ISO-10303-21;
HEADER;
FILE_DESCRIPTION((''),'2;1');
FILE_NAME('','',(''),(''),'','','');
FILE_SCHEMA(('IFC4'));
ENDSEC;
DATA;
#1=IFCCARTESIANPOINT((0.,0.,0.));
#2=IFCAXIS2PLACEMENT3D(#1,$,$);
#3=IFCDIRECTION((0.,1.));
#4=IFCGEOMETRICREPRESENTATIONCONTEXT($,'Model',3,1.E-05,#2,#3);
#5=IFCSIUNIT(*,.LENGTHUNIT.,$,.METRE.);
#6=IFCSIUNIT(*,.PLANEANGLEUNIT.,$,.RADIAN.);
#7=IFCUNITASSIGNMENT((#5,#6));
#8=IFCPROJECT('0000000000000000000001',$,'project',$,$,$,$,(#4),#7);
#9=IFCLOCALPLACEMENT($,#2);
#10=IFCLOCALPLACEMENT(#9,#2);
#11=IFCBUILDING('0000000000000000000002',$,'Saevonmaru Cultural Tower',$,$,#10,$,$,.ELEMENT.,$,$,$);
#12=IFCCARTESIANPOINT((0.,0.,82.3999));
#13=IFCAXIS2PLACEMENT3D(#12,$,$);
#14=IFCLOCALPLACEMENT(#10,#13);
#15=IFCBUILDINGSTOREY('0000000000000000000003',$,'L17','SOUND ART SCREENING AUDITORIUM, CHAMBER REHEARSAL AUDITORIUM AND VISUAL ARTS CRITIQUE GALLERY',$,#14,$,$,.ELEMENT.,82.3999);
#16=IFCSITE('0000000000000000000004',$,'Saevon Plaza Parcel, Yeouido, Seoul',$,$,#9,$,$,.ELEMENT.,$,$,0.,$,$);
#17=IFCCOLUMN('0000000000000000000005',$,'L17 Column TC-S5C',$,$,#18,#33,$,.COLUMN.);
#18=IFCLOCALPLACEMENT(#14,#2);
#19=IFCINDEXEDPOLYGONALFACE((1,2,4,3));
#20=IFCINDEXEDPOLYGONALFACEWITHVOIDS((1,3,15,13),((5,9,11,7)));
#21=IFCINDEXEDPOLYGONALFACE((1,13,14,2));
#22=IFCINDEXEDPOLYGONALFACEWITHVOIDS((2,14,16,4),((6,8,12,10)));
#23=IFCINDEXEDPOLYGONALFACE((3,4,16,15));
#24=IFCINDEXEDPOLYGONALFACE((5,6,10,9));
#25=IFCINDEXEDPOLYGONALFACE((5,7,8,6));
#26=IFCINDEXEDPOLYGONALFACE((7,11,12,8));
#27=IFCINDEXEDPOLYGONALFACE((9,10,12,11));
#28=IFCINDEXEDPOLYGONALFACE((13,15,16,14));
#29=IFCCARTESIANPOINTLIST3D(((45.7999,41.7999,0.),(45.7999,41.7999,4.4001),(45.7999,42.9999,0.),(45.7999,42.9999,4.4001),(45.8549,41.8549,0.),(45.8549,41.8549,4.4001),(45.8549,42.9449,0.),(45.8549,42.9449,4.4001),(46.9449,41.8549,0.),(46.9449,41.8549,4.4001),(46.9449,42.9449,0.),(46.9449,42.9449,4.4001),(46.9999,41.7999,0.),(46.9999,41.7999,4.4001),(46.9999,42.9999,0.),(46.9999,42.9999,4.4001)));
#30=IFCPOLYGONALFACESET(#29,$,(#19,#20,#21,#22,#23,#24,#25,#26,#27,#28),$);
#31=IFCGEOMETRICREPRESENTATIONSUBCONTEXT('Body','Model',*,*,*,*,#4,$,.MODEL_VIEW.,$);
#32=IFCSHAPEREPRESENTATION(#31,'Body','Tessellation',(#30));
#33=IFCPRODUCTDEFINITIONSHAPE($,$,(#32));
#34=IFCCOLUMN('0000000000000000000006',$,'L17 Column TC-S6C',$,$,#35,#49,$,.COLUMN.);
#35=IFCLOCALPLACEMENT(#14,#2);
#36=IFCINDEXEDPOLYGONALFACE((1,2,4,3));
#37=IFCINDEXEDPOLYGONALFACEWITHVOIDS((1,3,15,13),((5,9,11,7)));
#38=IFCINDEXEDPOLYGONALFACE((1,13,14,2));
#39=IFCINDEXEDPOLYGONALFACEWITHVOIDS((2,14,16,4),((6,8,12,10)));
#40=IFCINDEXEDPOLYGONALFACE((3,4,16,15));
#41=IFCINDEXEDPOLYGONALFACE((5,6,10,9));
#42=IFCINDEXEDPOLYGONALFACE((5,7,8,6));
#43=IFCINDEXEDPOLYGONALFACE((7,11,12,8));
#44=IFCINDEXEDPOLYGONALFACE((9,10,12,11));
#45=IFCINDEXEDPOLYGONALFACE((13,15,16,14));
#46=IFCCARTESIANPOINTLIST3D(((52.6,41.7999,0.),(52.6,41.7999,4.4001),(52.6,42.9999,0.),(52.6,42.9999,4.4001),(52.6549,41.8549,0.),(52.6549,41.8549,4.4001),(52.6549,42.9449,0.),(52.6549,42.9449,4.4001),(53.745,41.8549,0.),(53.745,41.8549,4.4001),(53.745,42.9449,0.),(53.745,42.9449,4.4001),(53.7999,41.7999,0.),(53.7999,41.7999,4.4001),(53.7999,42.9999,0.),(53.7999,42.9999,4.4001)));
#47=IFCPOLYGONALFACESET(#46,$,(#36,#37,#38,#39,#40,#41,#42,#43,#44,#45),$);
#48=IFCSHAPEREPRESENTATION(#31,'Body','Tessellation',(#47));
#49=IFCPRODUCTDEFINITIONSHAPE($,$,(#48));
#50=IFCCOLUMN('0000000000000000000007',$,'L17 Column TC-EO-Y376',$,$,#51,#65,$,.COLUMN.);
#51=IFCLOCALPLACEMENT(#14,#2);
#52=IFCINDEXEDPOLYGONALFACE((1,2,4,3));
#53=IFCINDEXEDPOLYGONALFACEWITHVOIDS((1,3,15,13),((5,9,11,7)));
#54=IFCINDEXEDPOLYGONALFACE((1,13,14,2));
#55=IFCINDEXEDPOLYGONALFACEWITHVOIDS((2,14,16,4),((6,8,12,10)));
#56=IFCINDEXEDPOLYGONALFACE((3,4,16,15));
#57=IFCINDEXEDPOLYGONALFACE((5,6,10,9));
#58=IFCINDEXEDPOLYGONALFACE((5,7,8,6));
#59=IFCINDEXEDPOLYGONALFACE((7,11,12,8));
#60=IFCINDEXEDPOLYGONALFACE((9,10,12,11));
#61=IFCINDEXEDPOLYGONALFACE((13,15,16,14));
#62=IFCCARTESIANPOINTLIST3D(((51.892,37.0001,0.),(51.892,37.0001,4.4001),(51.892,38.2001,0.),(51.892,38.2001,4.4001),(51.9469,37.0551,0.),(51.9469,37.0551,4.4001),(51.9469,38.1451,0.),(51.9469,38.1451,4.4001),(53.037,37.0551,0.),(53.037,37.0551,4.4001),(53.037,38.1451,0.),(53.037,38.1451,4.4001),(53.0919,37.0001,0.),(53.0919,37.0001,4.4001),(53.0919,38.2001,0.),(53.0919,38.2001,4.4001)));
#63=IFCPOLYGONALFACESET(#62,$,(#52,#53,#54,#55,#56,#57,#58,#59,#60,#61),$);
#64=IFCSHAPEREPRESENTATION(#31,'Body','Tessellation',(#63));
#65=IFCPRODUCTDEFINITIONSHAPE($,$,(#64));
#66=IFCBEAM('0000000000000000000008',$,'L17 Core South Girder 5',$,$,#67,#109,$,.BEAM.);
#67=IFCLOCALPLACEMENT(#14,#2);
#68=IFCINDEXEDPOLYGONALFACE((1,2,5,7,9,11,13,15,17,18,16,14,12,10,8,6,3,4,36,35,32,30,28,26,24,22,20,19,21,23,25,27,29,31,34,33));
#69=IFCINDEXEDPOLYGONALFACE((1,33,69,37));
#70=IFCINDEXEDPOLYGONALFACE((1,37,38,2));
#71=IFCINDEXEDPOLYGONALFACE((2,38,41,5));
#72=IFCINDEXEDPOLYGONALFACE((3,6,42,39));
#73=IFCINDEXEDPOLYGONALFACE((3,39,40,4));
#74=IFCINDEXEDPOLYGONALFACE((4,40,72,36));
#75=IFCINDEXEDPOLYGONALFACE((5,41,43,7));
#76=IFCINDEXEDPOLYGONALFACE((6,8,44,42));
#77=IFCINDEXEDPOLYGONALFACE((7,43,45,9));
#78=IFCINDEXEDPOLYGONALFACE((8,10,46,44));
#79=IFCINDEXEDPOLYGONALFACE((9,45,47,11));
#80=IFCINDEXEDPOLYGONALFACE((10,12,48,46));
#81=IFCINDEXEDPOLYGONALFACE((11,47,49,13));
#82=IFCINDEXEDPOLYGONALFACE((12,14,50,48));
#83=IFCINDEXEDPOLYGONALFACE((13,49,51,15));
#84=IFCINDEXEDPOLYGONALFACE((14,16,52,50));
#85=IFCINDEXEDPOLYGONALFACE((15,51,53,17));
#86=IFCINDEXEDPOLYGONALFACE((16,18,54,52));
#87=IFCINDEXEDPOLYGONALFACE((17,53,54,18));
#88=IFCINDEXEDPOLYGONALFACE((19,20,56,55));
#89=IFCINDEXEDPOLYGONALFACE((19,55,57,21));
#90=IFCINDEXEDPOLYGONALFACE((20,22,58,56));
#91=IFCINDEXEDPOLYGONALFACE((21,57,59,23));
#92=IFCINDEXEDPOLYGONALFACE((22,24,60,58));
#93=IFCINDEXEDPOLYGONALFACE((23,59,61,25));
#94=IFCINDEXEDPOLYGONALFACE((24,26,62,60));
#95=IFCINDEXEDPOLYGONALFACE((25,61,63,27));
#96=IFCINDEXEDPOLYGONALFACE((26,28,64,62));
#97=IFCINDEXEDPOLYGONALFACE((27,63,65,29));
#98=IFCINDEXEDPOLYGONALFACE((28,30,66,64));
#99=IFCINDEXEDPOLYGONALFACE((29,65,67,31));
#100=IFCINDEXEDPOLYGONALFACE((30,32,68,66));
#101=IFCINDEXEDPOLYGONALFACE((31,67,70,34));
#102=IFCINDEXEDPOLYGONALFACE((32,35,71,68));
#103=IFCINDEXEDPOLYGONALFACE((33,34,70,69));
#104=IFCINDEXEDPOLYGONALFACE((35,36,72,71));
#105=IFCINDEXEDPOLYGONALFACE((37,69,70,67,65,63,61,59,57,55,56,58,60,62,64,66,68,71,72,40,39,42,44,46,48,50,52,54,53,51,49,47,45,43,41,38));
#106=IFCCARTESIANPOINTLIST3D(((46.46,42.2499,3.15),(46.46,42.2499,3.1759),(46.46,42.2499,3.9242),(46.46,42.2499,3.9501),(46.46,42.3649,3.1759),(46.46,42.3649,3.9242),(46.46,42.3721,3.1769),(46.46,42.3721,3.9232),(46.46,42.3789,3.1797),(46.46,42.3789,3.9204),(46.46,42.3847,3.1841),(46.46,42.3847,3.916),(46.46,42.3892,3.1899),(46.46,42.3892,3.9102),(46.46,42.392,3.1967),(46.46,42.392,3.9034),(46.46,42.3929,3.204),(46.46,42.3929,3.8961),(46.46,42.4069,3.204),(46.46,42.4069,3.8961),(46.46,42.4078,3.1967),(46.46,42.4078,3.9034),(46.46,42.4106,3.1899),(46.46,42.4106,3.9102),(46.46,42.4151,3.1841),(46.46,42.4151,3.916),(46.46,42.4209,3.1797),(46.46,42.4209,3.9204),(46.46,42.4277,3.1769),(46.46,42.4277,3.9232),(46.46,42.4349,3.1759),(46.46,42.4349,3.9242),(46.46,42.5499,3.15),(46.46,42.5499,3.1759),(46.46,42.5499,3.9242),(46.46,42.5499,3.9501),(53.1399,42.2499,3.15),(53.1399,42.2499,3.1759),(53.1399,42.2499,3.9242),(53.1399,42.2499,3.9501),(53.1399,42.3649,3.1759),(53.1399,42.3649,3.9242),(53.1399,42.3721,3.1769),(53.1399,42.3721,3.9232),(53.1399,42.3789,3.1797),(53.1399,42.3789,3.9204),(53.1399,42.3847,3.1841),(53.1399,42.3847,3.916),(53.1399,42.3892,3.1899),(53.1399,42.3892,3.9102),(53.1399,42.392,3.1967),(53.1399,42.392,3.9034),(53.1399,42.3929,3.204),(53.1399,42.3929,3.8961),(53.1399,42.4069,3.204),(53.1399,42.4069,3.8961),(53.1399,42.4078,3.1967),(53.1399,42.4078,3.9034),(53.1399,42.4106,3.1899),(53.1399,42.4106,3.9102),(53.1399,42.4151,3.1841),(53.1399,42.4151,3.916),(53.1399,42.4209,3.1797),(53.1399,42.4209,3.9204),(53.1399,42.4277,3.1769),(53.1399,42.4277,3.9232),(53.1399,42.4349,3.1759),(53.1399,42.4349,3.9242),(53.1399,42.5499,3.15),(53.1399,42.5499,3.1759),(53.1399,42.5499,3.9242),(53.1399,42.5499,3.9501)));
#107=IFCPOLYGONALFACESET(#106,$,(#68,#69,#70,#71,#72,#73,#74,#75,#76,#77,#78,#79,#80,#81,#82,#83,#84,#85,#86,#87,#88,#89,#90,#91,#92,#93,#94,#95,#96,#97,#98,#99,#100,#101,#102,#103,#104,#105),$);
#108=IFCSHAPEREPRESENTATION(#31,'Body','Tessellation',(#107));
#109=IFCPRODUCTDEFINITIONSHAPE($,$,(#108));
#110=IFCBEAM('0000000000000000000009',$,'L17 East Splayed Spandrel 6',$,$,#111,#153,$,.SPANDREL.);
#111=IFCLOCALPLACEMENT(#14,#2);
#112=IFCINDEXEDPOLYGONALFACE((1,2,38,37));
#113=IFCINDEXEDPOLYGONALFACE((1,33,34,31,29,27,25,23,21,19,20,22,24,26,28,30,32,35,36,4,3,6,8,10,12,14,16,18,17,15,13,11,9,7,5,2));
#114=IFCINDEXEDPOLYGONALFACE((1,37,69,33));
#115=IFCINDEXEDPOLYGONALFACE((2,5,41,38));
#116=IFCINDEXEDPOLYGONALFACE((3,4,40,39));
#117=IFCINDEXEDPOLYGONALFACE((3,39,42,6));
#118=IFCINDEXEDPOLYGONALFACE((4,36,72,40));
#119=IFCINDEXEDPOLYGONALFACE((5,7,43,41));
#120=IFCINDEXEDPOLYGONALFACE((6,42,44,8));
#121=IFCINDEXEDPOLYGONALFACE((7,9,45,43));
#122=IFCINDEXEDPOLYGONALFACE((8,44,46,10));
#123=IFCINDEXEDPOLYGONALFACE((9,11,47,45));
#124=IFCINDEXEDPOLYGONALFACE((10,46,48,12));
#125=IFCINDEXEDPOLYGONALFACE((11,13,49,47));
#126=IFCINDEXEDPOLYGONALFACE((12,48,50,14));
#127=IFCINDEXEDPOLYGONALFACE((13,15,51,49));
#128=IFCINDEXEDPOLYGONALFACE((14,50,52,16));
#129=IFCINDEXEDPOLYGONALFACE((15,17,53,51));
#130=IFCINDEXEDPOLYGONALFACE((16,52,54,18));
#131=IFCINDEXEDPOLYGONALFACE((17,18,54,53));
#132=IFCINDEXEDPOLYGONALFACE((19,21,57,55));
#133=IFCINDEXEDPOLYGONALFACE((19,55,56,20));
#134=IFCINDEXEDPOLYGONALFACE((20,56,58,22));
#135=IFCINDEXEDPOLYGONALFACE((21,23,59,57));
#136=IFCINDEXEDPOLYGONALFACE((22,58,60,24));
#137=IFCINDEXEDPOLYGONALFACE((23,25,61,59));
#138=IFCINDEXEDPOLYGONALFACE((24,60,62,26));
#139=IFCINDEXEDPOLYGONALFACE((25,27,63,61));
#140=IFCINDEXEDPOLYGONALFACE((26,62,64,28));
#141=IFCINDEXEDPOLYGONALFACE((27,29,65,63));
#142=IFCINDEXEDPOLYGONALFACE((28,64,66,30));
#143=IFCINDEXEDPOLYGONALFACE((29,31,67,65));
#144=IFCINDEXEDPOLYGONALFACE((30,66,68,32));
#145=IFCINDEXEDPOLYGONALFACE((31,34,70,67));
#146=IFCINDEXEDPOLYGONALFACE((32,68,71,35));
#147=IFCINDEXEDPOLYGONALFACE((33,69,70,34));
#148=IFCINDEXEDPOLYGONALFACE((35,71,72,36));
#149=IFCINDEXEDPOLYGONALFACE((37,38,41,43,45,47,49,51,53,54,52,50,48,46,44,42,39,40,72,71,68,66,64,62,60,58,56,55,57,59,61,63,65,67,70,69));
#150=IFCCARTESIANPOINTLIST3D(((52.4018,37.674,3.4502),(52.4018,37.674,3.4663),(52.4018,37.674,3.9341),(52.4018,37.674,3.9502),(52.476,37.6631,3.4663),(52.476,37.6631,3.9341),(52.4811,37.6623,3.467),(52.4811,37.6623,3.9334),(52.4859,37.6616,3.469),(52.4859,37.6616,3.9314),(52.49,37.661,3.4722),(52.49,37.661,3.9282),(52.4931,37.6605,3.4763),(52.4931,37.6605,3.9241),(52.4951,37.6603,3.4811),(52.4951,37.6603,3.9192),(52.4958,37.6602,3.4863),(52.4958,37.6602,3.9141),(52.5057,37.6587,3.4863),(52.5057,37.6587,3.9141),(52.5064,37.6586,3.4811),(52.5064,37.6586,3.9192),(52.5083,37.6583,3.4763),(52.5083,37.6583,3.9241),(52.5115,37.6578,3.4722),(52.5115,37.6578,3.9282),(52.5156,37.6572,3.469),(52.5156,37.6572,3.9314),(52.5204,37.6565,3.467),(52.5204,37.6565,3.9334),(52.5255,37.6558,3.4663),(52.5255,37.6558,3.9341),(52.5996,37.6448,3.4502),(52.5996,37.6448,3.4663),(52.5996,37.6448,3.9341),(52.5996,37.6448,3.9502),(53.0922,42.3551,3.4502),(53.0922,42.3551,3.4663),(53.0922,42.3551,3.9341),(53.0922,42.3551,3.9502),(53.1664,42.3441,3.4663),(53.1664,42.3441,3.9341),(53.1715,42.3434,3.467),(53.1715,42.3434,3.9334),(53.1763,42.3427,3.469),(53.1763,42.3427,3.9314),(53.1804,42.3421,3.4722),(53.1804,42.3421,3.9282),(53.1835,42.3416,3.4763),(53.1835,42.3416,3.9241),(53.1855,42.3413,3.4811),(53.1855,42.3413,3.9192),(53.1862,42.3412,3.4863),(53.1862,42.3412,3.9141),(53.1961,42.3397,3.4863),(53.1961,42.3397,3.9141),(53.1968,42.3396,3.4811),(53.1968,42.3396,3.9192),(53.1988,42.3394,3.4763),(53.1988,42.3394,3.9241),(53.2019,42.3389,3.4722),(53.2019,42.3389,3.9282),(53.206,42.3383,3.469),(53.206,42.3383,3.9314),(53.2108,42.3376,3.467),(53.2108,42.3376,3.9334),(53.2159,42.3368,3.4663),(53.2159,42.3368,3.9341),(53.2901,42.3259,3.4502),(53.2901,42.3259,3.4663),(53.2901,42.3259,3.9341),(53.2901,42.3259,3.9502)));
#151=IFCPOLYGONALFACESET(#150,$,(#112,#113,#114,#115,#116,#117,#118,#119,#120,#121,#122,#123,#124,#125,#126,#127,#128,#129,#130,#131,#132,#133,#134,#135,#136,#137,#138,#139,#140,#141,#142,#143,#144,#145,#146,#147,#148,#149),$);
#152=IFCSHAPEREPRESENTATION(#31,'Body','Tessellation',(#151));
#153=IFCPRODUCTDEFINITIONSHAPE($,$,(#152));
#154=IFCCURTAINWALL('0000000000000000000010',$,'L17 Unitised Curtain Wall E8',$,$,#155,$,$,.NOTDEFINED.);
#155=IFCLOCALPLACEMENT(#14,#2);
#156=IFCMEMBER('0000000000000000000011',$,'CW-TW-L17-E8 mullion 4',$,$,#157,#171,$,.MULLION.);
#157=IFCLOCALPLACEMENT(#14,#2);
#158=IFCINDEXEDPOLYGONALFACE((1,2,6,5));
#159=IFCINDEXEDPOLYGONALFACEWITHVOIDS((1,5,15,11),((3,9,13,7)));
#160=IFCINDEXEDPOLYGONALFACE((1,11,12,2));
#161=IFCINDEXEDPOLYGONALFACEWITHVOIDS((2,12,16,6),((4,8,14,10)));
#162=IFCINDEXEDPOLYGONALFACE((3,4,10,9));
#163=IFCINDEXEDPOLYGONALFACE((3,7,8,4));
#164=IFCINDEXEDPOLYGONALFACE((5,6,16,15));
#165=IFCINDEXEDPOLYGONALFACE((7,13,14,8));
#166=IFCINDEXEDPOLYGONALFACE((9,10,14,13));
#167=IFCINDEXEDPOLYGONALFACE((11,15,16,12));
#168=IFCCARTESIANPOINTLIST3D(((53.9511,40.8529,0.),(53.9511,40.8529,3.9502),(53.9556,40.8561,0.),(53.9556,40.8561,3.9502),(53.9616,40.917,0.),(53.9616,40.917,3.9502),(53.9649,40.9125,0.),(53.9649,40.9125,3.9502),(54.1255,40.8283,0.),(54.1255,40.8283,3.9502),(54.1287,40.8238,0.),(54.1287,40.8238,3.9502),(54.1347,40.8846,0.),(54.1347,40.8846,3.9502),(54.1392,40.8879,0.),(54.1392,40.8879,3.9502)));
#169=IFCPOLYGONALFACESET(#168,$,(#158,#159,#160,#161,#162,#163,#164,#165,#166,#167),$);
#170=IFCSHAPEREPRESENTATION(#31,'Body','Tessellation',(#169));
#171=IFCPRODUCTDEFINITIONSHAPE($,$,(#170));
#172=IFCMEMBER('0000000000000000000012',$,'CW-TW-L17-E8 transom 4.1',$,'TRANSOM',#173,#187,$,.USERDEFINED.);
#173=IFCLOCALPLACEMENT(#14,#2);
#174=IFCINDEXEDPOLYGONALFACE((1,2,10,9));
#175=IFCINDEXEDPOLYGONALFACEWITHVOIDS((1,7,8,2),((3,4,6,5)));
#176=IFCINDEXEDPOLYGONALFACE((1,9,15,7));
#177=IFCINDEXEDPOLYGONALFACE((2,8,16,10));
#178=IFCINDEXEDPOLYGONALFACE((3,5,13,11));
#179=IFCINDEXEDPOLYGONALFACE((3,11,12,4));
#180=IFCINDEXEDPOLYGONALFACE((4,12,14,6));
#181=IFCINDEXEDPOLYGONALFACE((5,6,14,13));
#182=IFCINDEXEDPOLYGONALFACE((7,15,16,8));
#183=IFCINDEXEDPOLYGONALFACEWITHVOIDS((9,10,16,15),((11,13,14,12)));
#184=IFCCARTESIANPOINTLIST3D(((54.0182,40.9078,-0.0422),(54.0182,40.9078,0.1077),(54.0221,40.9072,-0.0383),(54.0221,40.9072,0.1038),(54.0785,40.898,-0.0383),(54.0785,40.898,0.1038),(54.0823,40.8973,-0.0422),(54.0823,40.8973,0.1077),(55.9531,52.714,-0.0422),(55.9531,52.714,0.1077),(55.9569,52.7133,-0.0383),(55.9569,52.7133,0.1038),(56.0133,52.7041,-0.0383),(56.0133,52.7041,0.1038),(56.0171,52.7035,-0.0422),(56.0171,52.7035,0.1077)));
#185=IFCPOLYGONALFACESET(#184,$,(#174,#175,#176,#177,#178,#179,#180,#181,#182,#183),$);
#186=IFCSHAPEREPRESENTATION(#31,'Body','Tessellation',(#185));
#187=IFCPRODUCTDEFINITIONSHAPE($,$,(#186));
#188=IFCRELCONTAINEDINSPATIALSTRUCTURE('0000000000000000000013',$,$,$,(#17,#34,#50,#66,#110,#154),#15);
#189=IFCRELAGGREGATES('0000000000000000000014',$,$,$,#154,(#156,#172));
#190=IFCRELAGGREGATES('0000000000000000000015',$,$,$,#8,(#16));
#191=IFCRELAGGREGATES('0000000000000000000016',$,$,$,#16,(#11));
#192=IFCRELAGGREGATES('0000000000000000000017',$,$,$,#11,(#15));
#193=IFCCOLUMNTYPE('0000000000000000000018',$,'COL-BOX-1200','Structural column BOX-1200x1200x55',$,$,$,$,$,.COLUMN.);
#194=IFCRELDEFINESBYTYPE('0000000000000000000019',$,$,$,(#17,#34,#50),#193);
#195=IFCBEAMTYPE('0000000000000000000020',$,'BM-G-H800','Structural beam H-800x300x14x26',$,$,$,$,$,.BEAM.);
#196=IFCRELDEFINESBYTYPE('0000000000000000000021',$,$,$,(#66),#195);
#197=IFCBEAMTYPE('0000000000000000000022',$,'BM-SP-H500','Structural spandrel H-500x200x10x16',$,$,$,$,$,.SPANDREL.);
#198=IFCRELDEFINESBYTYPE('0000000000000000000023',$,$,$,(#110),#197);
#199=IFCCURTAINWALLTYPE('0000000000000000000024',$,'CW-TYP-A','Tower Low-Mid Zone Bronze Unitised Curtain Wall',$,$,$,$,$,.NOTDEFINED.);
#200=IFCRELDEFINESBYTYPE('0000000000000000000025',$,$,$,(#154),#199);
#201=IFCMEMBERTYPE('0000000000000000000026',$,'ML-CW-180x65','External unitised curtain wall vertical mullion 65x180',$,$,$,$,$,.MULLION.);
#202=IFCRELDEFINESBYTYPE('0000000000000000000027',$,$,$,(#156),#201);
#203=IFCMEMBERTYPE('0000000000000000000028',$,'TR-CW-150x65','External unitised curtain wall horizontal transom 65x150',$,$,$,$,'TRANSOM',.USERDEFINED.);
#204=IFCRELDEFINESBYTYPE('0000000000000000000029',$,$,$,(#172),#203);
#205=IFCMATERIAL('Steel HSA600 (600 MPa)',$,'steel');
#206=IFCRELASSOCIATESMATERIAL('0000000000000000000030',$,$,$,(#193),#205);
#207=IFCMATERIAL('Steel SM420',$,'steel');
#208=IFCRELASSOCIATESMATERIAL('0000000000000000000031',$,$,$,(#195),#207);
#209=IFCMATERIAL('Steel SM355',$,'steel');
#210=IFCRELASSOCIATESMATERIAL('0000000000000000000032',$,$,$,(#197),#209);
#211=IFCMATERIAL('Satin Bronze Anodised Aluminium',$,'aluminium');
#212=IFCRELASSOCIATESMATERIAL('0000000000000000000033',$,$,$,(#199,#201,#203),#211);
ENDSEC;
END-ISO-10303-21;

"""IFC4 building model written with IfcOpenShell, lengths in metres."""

from ifc_helpers import new_model, si_unit, direction, frame, origin, origin_2d, place, context, subcontext, project, spatial, hollow_rectangle, i_section, extrude, material, material_profile, profile_set, type_object, element, aggregate, save


model = new_model("IFC4")

# Units and contexts
model_context = context("Model", 3, precision=1e-05, world=origin(), true_north=direction((0.0, 1.0)))
body_context = subcontext(model_context, "Body", "Model", "MODEL_VIEW")
ifc_project = project(units=[si_unit("LENGTHUNIT", "METRE"), si_unit("PLANEANGLEUNIT", "RADIAN")], contexts=[model_context])

# Site, building, storey
site_placement = place(None, origin())
site = spatial("IfcSite", under=ifc_project, at=site_placement, Name="Saevon Plaza Parcel, Yeouido, Seoul", CompositionType="ELEMENT", RefElevation=0.0)
building_placement = place(site_placement, origin())
building = spatial("IfcBuilding", under=site, at=building_placement, Name="Saevonmaru Cultural Tower", CompositionType="ELEMENT")
storey_placement = place(building_placement, frame((0.0, 0.0, 82.3999)))
storey = spatial("IfcBuildingStorey", under=building, at=storey_placement, Name="L17", Description="SOUND ART SCREENING AUDITORIUM, CHAMBER REHEARSAL AUDITORIUM AND VISUAL ARTS CRITIQUE GALLERY", CompositionType="ELEMENT", Elevation=82.3999)

# Columns
ifc_material_1 = material(Name="Steel HSA600 (600 MPa)", Category="steel")
ifc_material_profile_1 = material_profile(ifc_material_1, hollow_rectangle(XDim=1.2, YDim=1.2, WallThickness=0.0549, at=origin_2d()), Name="BOX-1200x1200x55")
ifc_profile_set_1 = profile_set([ifc_material_profile_1], Name="Steel HSA600 (600 MPa)")
column_type = type_object("IfcColumnType", Name="COL-BOX-1200", Description="Structural column BOX-1200x1200x55", PredefinedType="COLUMN", material=ifc_profile_set_1)
for number, where, z_axis, x_axis, name in (
    (1, (46.3999, 42.3999, 0.0), (0.0, 0.0, 1.0), (1.0, 0.0, 0.0), "L17 Column TC-S5C"),
    (2, (53.2, 42.3999, 0.0), (0.0, 0.0, 1.0), (1.0, 0.0, 0.0), "L17 Column TC-S6C"),
    (3, (52.4919, 37.6001, 0.0), (0.0, 0.0, 1.0), (1.0, 0.0, 0.0), "L17 Column TC-EO-Y376"),
):
    element("IfcColumn", number, at=place(storey_placement, frame(where, z_axis=z_axis, x_axis=x_axis)), inside=storey, type_object=column_type, Name=name, PredefinedType="COLUMN", context=body_context, shape_type="SweptSolid", body=[
        extrude(hollow_rectangle(XDim=1.2, YDim=1.2, WallThickness=0.0549, at=origin_2d()), origin(), (0.0, 0.0, 1.0), 4.4001),
    ])

# Beams
ifc_material_2 = material(Name="Steel SM420", Category="steel")
ifc_material_profile_2 = material_profile(ifc_material_2, i_section(OverallWidth=0.3, OverallDepth=0.8, WebThickness=0.0139, FlangeThickness=0.0259, FilletRadius=0.0281, at=origin_2d()), Name="H-800x300x14x26")
ifc_profile_set_2 = profile_set([ifc_material_profile_2], Name="Steel SM420")
beam_type_1 = type_object("IfcBeamType", Name="BM-G-H800", Description="Structural beam H-800x300x14x26", PredefinedType="BEAM", material=ifc_profile_set_2)
beam_1_placement = place(storey_placement, frame((46.46, 42.3999, 3.55), z_axis=(1.0, 0.0, 0.0), x_axis=(0.0, 1.0, 0.0)))
element("IfcBeam", 4, at=beam_1_placement, inside=storey, type_object=beam_type_1, Name="L17 Core South Girder 5", PredefinedType="BEAM", context=body_context, shape_type="SweptSolid", body=[
    extrude(i_section(OverallWidth=0.3, OverallDepth=0.8, WebThickness=0.0139, FlangeThickness=0.0259, FilletRadius=0.0281, at=origin_2d()), origin(), (0.0, 0.0, 1.0), 6.6799),
])
ifc_material_3 = material(Name="Steel SM355", Category="steel")
ifc_material_profile_3 = material_profile(ifc_material_3, i_section(OverallWidth=0.2, OverallDepth=0.5, WebThickness=0.01, FlangeThickness=0.0161, FilletRadius=0.02, at=origin_2d()), Name="H-500x200x10x16")
ifc_profile_set_3 = profile_set([ifc_material_profile_3], Name="Steel SM355")
beam_type_2 = type_object("IfcBeamType", Name="BM-SP-H500", Description="Structural spandrel H-500x200x10x16", PredefinedType="SPANDREL", material=ifc_profile_set_3)
beam_2_placement = place(storey_placement, frame((52.5007, 37.6594, 3.7002), z_axis=(0.145913, 0.989297, 0.0), x_axis=(-0.989297, 0.145913, 0.0)))
element("IfcBeam", 5, at=beam_2_placement, inside=storey, type_object=beam_type_2, Name="L17 East Splayed Spandrel 6", PredefinedType="SPANDREL", context=body_context, shape_type="SweptSolid", body=[
    extrude(i_section(OverallWidth=0.2, OverallDepth=0.5, WebThickness=0.01, FlangeThickness=0.0161, FilletRadius=0.02, at=origin_2d()), origin(), (0.0, 0.0, 1.0), 4.7317),
])

# Curtain wall, members
ifc_material_4 = material(Name="Satin Bronze Anodised Aluminium", Category="aluminium")
curtain_wall_type = type_object("IfcCurtainWallType", Name="CW-TYP-A", Description="Tower Low-Mid Zone Bronze Unitised Curtain Wall", PredefinedType="NOTDEFINED", material=ifc_material_4)
curtain_wall_placement = place(storey_placement, origin())
curtain_wall = element("IfcCurtainWall", 6, at=curtain_wall_placement, inside=storey, type_object=curtain_wall_type, Name="L17 Unitised Curtain Wall E8", PredefinedType="NOTDEFINED")
ifc_material_profile_4 = material_profile(ifc_material_4, hollow_rectangle(XDim=0.0649, YDim=0.1799, WallThickness=0.0039, at=origin_2d()), Name="ALU-MULL-180x65x4")
ifc_profile_set_4 = profile_set([ifc_material_profile_4], Name="Satin Bronze Anodised Aluminium")
member_type_1 = type_object("IfcMemberType", Name="ML-CW-180x65", Description="External unitised curtain wall vertical mullion 65x180", PredefinedType="MULLION", material=ifc_profile_set_4)
member_1_placement = place(storey_placement, frame((54.0452, 40.8704, 0.0), z_axis=(0.0, 0.0, 1.0), x_axis=(0.161709, 0.986839, 0.0)))
member_1 = element("IfcMember", 7, at=member_1_placement, type_object=member_type_1, Name="CW-TW-L17-E8 mullion 4", PredefinedType="MULLION", context=body_context, shape_type="SweptSolid", body=[
    extrude(hollow_rectangle(XDim=0.0649, YDim=0.1799, WallThickness=0.0039, at=origin_2d()), origin(), (0.0, 0.0, 1.0), 3.9502),
])
ifc_material_profile_5 = material_profile(ifc_material_4, hollow_rectangle(XDim=0.0649, YDim=0.1499, WallThickness=0.0039, at=origin_2d()), Name="ALU-TRAN-150x65x4")
ifc_profile_set_5 = profile_set([ifc_material_profile_5], Name="Satin Bronze Anodised Aluminium")
member_type_2 = type_object("IfcMemberType", Name="TR-CW-150x65", Description="External unitised curtain wall horizontal transom 65x150", ElementType="TRANSOM", PredefinedType="USERDEFINED", material=ifc_profile_set_5)
member_2_placement = place(storey_placement, frame((54.0503, 40.9026, 0.0327), z_axis=(0.161725, 0.986836, 0.0), x_axis=(-0.986836, 0.161725, 0.0)))
member_2 = element("IfcMember", 8, at=member_2_placement, type_object=member_type_2, Name="CW-TW-L17-E8 transom 4.1", ObjectType="TRANSOM", PredefinedType="USERDEFINED", context=body_context, shape_type="SweptSolid", body=[
    extrude(hollow_rectangle(XDim=0.0649, YDim=0.1499, WallThickness=0.0039, at=origin_2d()), origin(), (0.0, 0.0, 1.0), 11.9636),
])
aggregate(curtain_wall, [member_1, member_2])

save(model, "model.ifc")
